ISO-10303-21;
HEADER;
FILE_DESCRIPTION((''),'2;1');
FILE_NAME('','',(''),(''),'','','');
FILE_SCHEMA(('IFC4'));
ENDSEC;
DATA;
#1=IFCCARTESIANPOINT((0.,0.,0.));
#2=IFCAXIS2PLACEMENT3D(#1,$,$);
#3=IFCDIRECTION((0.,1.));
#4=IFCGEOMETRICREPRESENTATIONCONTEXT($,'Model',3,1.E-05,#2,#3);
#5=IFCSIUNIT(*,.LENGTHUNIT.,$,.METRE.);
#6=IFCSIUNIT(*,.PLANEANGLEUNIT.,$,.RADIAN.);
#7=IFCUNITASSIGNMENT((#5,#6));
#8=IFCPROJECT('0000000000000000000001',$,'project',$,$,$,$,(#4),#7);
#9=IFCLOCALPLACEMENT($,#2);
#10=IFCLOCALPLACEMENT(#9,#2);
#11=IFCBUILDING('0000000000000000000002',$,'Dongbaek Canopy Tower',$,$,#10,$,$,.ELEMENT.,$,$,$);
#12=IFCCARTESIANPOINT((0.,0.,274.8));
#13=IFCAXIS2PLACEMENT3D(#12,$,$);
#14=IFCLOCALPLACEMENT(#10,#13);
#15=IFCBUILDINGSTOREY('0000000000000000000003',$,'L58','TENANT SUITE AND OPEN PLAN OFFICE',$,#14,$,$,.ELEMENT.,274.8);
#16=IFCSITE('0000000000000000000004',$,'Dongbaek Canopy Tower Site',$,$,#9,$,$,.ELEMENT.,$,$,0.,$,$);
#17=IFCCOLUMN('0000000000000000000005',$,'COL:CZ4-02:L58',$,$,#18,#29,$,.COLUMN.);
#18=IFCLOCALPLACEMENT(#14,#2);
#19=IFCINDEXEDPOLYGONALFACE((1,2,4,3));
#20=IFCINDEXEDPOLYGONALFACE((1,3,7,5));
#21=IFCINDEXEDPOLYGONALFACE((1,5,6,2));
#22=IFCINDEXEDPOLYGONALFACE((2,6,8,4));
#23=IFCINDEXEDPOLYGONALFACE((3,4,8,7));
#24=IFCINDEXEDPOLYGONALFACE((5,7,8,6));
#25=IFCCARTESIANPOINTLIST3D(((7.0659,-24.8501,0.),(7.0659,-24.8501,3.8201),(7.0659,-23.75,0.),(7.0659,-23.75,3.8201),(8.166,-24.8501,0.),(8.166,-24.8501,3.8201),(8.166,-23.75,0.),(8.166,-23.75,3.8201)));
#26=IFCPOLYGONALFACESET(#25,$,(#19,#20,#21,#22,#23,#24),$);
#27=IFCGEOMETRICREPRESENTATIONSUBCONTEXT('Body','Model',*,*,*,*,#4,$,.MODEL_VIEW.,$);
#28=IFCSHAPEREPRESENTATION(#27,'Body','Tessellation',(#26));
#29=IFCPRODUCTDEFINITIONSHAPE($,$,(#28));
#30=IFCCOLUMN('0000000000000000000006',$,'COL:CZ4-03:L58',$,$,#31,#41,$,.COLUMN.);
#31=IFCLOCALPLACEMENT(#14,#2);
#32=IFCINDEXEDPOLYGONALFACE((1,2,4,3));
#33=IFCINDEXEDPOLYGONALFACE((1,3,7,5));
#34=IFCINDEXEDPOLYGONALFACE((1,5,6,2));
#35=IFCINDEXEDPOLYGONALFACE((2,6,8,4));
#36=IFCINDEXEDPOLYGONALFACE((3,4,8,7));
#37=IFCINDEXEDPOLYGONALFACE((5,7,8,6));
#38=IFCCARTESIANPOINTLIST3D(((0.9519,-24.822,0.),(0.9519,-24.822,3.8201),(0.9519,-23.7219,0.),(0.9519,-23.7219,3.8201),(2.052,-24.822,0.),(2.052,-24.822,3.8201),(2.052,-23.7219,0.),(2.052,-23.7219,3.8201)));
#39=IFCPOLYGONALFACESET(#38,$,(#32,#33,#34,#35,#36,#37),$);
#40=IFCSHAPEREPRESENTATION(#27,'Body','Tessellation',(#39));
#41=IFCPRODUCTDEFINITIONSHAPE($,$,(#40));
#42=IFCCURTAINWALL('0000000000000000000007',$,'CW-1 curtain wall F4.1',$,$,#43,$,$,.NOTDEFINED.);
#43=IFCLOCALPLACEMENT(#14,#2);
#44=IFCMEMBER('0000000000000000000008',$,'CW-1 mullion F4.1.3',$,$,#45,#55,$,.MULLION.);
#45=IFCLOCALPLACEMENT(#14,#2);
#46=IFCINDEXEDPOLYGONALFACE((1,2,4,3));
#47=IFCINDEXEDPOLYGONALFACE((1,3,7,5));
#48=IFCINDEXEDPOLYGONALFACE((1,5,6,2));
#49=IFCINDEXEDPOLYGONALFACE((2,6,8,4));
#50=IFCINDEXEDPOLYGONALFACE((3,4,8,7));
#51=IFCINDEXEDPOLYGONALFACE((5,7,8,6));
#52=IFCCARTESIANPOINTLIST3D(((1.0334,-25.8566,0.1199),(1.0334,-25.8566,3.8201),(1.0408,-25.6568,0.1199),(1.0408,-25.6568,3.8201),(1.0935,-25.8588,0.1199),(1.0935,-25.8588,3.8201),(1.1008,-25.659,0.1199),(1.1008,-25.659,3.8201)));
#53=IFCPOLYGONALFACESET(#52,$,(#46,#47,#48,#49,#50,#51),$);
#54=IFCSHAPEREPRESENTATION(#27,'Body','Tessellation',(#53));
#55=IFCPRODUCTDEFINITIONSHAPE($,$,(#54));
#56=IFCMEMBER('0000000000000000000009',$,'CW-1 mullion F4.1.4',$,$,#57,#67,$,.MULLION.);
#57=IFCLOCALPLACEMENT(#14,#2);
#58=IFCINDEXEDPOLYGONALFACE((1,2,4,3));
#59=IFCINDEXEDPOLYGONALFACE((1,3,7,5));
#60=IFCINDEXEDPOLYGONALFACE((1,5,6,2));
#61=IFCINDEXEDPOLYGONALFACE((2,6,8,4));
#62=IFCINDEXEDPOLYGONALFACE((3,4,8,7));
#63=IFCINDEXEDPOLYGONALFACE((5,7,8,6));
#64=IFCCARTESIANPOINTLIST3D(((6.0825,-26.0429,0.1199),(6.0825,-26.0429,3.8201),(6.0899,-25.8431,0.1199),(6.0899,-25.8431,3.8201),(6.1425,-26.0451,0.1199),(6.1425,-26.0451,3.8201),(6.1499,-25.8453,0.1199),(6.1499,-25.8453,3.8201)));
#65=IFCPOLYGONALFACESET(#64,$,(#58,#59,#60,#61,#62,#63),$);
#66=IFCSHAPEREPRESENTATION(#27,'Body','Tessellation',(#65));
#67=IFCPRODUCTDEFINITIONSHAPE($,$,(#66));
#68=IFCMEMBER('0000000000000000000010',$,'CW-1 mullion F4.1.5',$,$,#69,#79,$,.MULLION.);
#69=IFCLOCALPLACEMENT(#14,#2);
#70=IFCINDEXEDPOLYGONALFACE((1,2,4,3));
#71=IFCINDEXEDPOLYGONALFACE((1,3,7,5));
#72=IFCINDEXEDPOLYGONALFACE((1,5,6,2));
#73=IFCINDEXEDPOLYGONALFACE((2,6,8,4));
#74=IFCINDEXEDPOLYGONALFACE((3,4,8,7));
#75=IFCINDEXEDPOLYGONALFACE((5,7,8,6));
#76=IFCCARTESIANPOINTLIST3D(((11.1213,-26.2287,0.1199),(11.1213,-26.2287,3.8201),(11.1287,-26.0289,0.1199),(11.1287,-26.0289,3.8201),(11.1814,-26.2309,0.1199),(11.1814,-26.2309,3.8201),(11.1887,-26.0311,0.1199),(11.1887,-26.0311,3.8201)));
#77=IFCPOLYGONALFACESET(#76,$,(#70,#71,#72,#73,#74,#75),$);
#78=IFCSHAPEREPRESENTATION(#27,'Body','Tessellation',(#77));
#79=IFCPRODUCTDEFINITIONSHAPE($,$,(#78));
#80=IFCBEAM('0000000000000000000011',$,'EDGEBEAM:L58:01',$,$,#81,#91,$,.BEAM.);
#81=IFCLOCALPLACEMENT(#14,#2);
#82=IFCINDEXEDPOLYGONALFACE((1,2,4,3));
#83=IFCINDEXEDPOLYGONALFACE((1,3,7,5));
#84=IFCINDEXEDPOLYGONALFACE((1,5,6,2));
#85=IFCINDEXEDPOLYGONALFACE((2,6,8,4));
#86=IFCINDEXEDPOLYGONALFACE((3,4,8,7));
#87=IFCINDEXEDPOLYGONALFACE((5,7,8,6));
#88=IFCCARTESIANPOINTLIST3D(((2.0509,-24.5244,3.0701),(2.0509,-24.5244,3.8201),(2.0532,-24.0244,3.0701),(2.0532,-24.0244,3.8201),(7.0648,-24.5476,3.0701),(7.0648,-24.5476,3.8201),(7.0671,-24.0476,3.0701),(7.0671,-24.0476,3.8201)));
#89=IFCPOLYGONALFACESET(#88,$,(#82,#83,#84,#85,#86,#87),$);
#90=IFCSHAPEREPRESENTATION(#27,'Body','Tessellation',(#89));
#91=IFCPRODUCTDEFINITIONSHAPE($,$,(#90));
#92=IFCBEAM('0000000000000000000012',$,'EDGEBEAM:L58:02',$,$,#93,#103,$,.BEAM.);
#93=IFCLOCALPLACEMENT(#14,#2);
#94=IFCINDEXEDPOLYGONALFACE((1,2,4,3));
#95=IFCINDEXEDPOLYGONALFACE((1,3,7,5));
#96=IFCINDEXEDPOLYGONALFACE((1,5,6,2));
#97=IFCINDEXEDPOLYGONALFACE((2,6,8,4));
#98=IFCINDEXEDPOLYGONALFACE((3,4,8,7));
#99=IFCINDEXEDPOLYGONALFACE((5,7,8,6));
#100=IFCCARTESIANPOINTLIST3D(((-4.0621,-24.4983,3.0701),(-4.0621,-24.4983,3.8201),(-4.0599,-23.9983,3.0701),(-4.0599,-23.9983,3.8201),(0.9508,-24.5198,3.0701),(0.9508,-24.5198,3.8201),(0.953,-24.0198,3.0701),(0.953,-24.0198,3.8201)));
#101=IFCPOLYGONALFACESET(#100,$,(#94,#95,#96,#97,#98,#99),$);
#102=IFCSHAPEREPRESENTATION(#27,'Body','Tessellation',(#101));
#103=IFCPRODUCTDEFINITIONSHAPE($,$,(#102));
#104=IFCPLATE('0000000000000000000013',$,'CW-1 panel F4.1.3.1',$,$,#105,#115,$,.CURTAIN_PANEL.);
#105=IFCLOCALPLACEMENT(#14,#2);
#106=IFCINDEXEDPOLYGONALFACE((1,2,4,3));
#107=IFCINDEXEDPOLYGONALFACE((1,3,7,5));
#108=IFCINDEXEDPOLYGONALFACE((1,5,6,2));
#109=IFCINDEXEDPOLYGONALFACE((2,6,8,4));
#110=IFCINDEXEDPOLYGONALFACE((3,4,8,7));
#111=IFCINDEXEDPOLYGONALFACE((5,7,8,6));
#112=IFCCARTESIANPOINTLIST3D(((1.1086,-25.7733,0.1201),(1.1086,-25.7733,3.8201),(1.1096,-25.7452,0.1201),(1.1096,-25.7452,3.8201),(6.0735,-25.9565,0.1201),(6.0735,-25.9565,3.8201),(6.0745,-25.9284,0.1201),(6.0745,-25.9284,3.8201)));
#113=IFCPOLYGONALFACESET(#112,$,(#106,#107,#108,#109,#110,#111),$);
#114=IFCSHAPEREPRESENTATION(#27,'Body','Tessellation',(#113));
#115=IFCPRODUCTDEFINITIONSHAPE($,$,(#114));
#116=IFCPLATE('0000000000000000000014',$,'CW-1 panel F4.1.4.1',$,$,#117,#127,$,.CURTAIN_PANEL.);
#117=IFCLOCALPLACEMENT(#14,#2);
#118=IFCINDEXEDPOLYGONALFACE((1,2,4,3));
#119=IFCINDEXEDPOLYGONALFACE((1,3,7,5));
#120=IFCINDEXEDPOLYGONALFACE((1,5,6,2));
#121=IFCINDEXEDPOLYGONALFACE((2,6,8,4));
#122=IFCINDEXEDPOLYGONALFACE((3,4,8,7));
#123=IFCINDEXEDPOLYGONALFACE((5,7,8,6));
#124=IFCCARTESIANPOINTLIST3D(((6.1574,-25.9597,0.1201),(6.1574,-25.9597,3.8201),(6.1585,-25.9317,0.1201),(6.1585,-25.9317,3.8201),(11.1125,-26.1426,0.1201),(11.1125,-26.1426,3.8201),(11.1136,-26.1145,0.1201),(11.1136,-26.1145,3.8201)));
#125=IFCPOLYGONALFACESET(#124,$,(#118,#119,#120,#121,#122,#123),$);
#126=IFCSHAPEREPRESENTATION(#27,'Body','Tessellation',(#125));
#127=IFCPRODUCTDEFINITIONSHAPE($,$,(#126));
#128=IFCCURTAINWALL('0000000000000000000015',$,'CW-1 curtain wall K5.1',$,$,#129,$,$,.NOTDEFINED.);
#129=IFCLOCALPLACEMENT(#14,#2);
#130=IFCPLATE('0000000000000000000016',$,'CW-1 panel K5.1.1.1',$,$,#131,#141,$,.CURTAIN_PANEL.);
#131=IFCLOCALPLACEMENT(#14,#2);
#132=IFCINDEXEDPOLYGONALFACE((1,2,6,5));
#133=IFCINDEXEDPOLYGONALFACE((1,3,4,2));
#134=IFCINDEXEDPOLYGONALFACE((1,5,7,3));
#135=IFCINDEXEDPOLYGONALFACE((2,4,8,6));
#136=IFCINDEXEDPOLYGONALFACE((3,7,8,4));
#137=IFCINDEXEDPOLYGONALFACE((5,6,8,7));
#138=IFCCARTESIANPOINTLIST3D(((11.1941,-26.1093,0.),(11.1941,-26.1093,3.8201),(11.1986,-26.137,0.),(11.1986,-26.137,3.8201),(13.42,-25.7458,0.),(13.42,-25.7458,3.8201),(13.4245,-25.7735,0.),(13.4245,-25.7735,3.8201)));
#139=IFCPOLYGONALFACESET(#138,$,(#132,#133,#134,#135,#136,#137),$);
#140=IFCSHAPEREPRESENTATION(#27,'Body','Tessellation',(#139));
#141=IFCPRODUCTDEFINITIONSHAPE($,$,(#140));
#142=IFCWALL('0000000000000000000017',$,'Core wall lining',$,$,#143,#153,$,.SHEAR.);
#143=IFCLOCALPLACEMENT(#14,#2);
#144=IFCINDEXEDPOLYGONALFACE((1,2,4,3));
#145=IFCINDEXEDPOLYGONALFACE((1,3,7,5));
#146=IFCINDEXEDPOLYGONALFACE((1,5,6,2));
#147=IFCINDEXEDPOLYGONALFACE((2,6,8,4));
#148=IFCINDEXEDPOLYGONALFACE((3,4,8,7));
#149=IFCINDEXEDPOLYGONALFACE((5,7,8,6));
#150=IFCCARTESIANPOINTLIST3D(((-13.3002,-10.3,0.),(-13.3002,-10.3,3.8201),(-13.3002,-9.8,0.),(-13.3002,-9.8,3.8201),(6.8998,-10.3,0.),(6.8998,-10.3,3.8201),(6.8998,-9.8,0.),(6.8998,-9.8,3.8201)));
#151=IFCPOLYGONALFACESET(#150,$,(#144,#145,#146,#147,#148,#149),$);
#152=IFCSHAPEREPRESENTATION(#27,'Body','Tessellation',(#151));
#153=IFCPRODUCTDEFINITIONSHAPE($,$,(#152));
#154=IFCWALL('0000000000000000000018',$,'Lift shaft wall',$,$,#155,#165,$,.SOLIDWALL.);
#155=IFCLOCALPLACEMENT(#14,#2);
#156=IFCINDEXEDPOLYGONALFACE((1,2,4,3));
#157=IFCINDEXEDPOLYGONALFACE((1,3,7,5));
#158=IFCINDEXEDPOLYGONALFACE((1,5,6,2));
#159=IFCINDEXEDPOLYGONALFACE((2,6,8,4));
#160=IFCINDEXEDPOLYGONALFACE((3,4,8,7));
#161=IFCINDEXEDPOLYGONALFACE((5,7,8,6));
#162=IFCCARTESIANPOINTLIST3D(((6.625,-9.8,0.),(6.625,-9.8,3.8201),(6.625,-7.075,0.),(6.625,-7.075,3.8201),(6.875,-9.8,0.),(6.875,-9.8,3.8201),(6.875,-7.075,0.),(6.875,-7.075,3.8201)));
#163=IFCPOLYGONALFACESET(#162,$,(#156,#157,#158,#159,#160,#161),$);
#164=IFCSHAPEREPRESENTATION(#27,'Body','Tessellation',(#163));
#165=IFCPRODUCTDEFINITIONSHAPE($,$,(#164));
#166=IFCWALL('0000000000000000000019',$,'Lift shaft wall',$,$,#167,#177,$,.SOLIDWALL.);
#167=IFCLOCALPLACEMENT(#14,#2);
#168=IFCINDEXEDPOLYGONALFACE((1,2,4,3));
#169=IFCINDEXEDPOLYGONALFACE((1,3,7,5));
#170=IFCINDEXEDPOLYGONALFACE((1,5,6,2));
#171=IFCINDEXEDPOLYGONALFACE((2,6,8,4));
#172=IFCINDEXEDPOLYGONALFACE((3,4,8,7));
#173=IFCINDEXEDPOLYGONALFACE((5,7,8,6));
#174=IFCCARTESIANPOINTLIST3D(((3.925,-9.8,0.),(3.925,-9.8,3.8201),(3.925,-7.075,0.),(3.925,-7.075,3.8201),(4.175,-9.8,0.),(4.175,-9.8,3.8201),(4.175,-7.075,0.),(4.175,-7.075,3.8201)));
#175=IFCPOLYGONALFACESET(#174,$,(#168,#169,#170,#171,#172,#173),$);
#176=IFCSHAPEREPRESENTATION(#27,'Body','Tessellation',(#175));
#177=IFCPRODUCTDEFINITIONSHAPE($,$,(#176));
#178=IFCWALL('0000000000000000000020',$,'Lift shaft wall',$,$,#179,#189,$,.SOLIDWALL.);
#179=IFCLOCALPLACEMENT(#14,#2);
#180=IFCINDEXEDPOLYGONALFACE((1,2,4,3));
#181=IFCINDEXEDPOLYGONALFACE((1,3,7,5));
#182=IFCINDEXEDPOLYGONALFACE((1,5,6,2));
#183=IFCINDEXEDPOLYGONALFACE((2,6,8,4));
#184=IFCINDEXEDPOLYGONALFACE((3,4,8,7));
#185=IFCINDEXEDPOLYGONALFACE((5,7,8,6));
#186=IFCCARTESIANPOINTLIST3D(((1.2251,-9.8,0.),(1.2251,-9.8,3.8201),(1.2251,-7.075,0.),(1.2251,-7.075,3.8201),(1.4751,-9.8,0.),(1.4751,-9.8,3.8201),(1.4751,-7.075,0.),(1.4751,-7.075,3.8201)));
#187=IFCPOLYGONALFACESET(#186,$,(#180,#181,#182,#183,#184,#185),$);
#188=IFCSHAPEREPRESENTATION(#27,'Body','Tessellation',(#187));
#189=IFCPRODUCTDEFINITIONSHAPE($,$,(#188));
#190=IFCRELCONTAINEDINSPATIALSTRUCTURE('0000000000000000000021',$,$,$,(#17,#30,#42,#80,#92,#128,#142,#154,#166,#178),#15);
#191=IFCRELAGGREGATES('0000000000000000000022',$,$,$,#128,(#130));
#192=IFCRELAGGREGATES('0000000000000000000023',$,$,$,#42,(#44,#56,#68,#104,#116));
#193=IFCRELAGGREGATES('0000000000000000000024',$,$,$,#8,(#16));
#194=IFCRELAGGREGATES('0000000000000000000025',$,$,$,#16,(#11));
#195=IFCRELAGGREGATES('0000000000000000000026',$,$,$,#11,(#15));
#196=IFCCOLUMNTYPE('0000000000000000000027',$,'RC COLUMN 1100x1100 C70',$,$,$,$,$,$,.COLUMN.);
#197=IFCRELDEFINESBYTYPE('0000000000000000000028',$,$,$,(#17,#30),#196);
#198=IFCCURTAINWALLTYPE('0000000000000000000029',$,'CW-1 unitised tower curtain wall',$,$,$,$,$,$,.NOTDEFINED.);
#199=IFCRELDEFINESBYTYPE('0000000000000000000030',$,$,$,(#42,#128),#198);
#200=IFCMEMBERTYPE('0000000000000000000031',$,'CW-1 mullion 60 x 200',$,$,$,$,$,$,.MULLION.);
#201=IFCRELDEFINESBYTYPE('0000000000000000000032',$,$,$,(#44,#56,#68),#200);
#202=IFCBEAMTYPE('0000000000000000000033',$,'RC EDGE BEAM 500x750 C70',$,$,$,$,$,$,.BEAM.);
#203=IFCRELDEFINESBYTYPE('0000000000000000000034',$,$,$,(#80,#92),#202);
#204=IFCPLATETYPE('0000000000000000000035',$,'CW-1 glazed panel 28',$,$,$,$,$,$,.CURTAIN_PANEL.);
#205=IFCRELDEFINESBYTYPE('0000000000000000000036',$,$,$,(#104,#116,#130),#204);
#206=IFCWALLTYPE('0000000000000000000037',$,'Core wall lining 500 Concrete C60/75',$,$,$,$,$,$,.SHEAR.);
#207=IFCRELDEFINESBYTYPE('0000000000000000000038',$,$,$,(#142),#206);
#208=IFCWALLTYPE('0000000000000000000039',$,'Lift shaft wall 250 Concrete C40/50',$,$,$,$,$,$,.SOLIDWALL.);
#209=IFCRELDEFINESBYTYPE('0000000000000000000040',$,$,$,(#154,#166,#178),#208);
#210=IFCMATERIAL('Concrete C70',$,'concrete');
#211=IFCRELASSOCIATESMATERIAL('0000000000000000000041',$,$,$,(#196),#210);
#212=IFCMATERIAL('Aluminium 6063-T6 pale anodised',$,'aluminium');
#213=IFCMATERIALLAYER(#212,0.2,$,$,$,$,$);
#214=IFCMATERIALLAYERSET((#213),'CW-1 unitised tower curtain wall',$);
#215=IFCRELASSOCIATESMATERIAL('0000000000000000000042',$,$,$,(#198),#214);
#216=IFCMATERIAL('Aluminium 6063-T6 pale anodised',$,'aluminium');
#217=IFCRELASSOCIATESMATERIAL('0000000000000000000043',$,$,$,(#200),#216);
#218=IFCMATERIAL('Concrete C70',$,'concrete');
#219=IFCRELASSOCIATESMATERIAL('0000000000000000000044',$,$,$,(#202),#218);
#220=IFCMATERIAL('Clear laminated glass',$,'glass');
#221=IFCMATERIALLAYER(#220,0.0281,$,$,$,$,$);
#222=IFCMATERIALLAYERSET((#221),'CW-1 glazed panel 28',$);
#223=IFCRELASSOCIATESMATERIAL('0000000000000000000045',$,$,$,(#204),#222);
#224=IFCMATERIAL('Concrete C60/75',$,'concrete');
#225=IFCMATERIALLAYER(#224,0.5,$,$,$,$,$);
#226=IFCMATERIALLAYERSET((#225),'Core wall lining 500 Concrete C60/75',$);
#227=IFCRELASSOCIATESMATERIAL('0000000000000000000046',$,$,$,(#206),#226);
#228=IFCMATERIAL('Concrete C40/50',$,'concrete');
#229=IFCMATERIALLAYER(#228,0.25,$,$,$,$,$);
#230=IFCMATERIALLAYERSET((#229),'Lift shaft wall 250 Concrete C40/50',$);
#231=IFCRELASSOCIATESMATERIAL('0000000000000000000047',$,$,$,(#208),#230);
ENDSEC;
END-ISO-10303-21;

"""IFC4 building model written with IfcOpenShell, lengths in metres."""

from ifc_helpers import new_model, si_unit, direction, frame, frame_2d, origin, origin_2d, place, context, subcontext, project, spatial, rectangle, extrude, material, layer, layer_set, material_profile, profile_set, type_object, element, aggregate, save


model = new_model("IFC4")

# Units and contexts
model_context = context("Model", 3, precision=1e-05, world=origin(), true_north=direction((0.0, 1.0)))
body_context = subcontext(model_context, "Body", "Model", "MODEL_VIEW")
ifc_project = project(units=[si_unit("LENGTHUNIT", "METRE"), si_unit("PLANEANGLEUNIT", "RADIAN")], contexts=[model_context])

# Site, building, storey
site_placement = place(None, origin())
site = spatial("IfcSite", under=ifc_project, at=site_placement, Name="Dongbaek Canopy Tower Site", CompositionType="ELEMENT", RefElevation=0.0)
building_placement = place(site_placement, origin())
building = spatial("IfcBuilding", under=site, at=building_placement, Name="Dongbaek Canopy Tower", CompositionType="ELEMENT")
storey_placement = place(building_placement, frame((0.0, 0.0, 274.8)))
storey = spatial("IfcBuildingStorey", under=building, at=storey_placement, Name="L58", Description="TENANT SUITE AND OPEN PLAN OFFICE", CompositionType="ELEMENT", Elevation=274.8)

# Columns
ifc_material_1 = material(Name="Concrete C70", Category="concrete")
ifc_material_profile_1 = material_profile(ifc_material_1, rectangle(XDim=1.1001, YDim=1.1001, at=origin_2d()), Name="RC COLUMN 1100x1100 C70")
ifc_profile_set_1 = profile_set([ifc_material_profile_1], Name="Concrete C70")
column_type = type_object("IfcColumnType", Name="RC COLUMN 1100x1100 C70", PredefinedType="COLUMN", material=ifc_profile_set_1)
for number, where, z_axis, x_axis, name in (
    (1, (7.616, -24.3, 0.0), (0.0, 0.0, 1.0), (1.0, 0.0, 0.0), "COL:CZ4-02:L58"),
    (2, (1.502, -24.272, 0.0), (0.0, 0.0, 1.0), (1.0, 0.0, 0.0), "COL:CZ4-03:L58"),
):
    element("IfcColumn", number, at=place(storey_placement, frame(where, z_axis=z_axis, x_axis=x_axis)), inside=storey, type_object=column_type, Name=name, PredefinedType="COLUMN", context=body_context, shape_type="SweptSolid", body=[
        extrude(rectangle(XDim=1.1001, YDim=1.1001, at=origin_2d()), origin(), (0.0, 0.0, 1.0), 3.8201),
    ])

# Curtain wall, members
ifc_material_2 = material(Name="Aluminium 6063-T6 pale anodised", Category="aluminium")
ifc_layer_1 = layer(ifc_material_2, 0.2)
ifc_layer_set_1 = layer_set([ifc_layer_1], Name="CW-1 unitised tower curtain wall")
curtain_wall_type = type_object("IfcCurtainWallType", Name="CW-1 unitised tower curtain wall", PredefinedType="NOTDEFINED", material=ifc_layer_set_1)
curtain_wall_1_placement = place(storey_placement, origin())
curtain_wall_1 = element("IfcCurtainWall", 3, at=curtain_wall_1_placement, inside=storey, type_object=curtain_wall_type, Name="CW-1 curtain wall F4.1", PredefinedType="NOTDEFINED")
ifc_material_3 = material(Name="Aluminium 6063-T6 pale anodised", Category="aluminium")
ifc_material_profile_2 = material_profile(ifc_material_3, rectangle(XDim=0.2, YDim=0.0601, at=origin_2d()), Name="CW-1 mullion 60 x 200")
ifc_profile_set_2 = profile_set([ifc_material_profile_2], Name="Aluminium 6063-T6 pale anodised")
member_type = type_object("IfcMemberType", Name="CW-1 mullion 60 x 200", PredefinedType="MULLION", material=ifc_profile_set_2)
member_1_placement = place(storey_placement, frame((1.0671, -25.7578, 0.1199), z_axis=(0.0, 0.0, 1.0), x_axis=(-0.036874, -0.99932, 0.0)))
member_1 = element("IfcMember", 4, at=member_1_placement, type_object=member_type, Name="CW-1 mullion F4.1.3", PredefinedType="MULLION", context=body_context, shape_type="SweptSolid", body=[
    extrude(rectangle(XDim=0.2, YDim=0.0601, at=origin_2d()), origin(), (0.0, 0.0, 1.0), 3.7002),
])
member_2_placement = place(storey_placement, frame((6.1162, -25.9441, 0.1199), z_axis=(0.0, 0.0, 1.0), x_axis=(-0.036874, -0.99932, 0.0)))
member_2 = element("IfcMember", 5, at=member_2_placement, type_object=member_type, Name="CW-1 mullion F4.1.4", PredefinedType="MULLION", context=body_context, shape_type="SweptSolid", body=[
    extrude(rectangle(XDim=0.2, YDim=0.0601, at=origin_2d()), origin(), (0.0, 0.0, 1.0), 3.7002),
])
member_3_placement = place(storey_placement, frame((11.155, -26.1299, 0.1199), z_axis=(0.0, 0.0, 1.0), x_axis=(-0.036874, -0.99932, 0.0)))
member_3 = element("IfcMember", 6, at=member_3_placement, type_object=member_type, Name="CW-1 mullion F4.1.5", PredefinedType="MULLION", context=body_context, shape_type="SweptSolid", body=[
    extrude(rectangle(XDim=0.2, YDim=0.0601, at=origin_2d()), origin(), (0.0, 0.0, 1.0), 3.7002),
])

# Beams
ifc_material_4 = material(Name="Concrete C70", Category="concrete")
ifc_material_profile_3 = material_profile(ifc_material_4, rectangle(XDim=0.5, YDim=0.75, at=origin_2d()), Name="RC EDGE BEAM 500x750 C70")
ifc_profile_set_3 = profile_set([ifc_material_profile_3], Name="Concrete C70")
beam_type = type_object("IfcBeamType", Name="RC EDGE BEAM 500x750 C70", PredefinedType="BEAM", material=ifc_profile_set_3)
beam_1_placement = place(storey_placement, frame((7.0659, -24.2976, 3.4451), z_axis=(-0.999989, 0.004626, 0.0), x_axis=(-0.004626, -0.999989, 0.0)))
element("IfcBeam", 7, at=beam_1_placement, inside=storey, type_object=beam_type, Name="EDGEBEAM:L58:01", PredefinedType="BEAM", context=body_context, shape_type="SweptSolid", body=[
    extrude(rectangle(XDim=0.5, YDim=0.75, at=origin_2d()), origin(), (0.0, 0.0, 1.0), 5.0139),
])
beam_2_placement = place(storey_placement, frame((0.9519, -24.2698, 3.4451), z_axis=(-0.999991, 0.004286, 0.0), x_axis=(-0.004286, -0.999991, 0.0)))
element("IfcBeam", 8, at=beam_2_placement, inside=storey, type_object=beam_type, Name="EDGEBEAM:L58:02", PredefinedType="BEAM", context=body_context, shape_type="SweptSolid", body=[
    extrude(rectangle(XDim=0.5, YDim=0.75, at=origin_2d()), origin(), (0.0, 0.0, 1.0), 5.0129),
])

# Plates
ifc_material_5 = material(Name="Clear laminated glass", Category="glass")
ifc_layer_2 = layer(ifc_material_5, 0.0281)
ifc_layer_set_2 = layer_set([ifc_layer_2], Name="CW-1 glazed panel 28")
plate_type = type_object("IfcPlateType", Name="CW-1 glazed panel 28", PredefinedType="CURTAIN_PANEL", material=ifc_layer_set_2)
plate_1_placement = place(storey_placement, frame((3.5916, -25.8508, 0.1201), z_axis=(0.0, 0.0, 1.0), x_axis=(0.99932, -0.036874, 0.0)))
plate_1 = element("IfcPlate", 9, at=plate_1_placement, type_object=plate_type, Name="CW-1 panel F4.1.3.1", PredefinedType="CURTAIN_PANEL", context=body_context, shape_type="SweptSolid", body=[
    extrude(rectangle(XDim=4.9683, YDim=0.0281, at=origin_2d()), origin(), (0.0, 0.0, 1.0), 3.7),
])
plate_2_placement = place(storey_placement, frame((8.6355, -26.0371, 0.1201), z_axis=(0.0, 0.0, 1.0), x_axis=(0.99932, -0.036874, 0.0)))
plate_2 = element("IfcPlate", 10, at=plate_2_placement, type_object=plate_type, Name="CW-1 panel F4.1.4.1", PredefinedType="CURTAIN_PANEL", context=body_context, shape_type="SweptSolid", body=[
    extrude(rectangle(XDim=4.9585, YDim=0.0281, at=origin_2d()), origin(), (0.0, 0.0, 1.0), 3.7),
])

# Curtain wall, plate
curtain_wall_2_placement = place(storey_placement, origin())
curtain_wall_2 = element("IfcCurtainWall", 11, at=curtain_wall_2_placement, inside=storey, type_object=curtain_wall_type, Name="CW-1 curtain wall K5.1", PredefinedType="NOTDEFINED")
plate_3_placement = place(storey_placement, frame((12.3093, -25.9414, 0.0), z_axis=(0.0, 0.0, 1.0), x_axis=(0.986926, 0.161174, 0.0)))
plate_3 = element("IfcPlate", 12, at=plate_3_placement, type_object=plate_type, Name="CW-1 panel K5.1.1.1", PredefinedType="CURTAIN_PANEL", context=body_context, shape_type="SweptSolid", body=[
    extrude(rectangle(XDim=2.2554, YDim=0.0281, at=origin_2d()), origin(), (0.0, 0.0, 1.0), 3.8201),
])
aggregate(curtain_wall_2, [plate_3])

# Walls
ifc_material_6 = material(Name="Concrete C60/75", Category="concrete")
ifc_layer_3 = layer(ifc_material_6, 0.5)
ifc_layer_set_3 = layer_set([ifc_layer_3], Name="Core wall lining 500 Concrete C60/75")
wall_type_1 = type_object("IfcWallType", Name="Core wall lining 500 Concrete C60/75", PredefinedType="SHEAR", material=ifc_layer_set_3)
wall_1_placement = place(storey_placement, frame((6.8999, -10.05, 0.0), z_axis=(0.0, 0.0, 1.0), x_axis=(-1.0, 0.0, 0.0)))
element("IfcWall", 13, at=wall_1_placement, inside=storey, type_object=wall_type_1, Name="Core wall lining", PredefinedType="SHEAR", context=body_context, shape_type="SweptSolid", body=[
    extrude(rectangle(XDim=20.2, YDim=0.5, at=frame_2d((10.1001, 0.0))), origin(), (0.0, 0.0, 1.0), 3.8201),
])
ifc_material_7 = material(Name="Concrete C40/50", Category="concrete")
ifc_layer_4 = layer(ifc_material_7, 0.25)
ifc_layer_set_4 = layer_set([ifc_layer_4], Name="Lift shaft wall 250 Concrete C40/50")
wall_type_2 = type_object("IfcWallType", Name="Lift shaft wall 250 Concrete C40/50", PredefinedType="SOLIDWALL", material=ifc_layer_set_4)
for number, where, z_axis, x_axis, name in (
    (14, (6.75, -9.8, 0.0), (0.0, 0.0, 1.0), (0.0, 1.0, 0.0), "Lift shaft wall"),
    (15, (4.05, -9.8, 0.0), (0.0, 0.0, 1.0), (0.0, 1.0, 0.0), "Lift shaft wall"),
    (16, (1.3501, -9.8, 0.0), (0.0, 0.0, 1.0), (0.0, 1.0, 0.0), "Lift shaft wall"),
):
    element("IfcWall", number, at=place(storey_placement, frame(where, z_axis=z_axis, x_axis=x_axis)), inside=storey, type_object=wall_type_2, Name=name, PredefinedType="SOLIDWALL", context=body_context, shape_type="SweptSolid", body=[
        extrude(rectangle(XDim=2.7251, YDim=0.25, at=frame_2d((1.3625, 0.0))), origin(), (0.0, 0.0, 1.0), 3.8201),
    ])

aggregate(curtain_wall_1, [member_1, member_2, member_3, plate_1, plate_2])

save(model, "model.ifc")
